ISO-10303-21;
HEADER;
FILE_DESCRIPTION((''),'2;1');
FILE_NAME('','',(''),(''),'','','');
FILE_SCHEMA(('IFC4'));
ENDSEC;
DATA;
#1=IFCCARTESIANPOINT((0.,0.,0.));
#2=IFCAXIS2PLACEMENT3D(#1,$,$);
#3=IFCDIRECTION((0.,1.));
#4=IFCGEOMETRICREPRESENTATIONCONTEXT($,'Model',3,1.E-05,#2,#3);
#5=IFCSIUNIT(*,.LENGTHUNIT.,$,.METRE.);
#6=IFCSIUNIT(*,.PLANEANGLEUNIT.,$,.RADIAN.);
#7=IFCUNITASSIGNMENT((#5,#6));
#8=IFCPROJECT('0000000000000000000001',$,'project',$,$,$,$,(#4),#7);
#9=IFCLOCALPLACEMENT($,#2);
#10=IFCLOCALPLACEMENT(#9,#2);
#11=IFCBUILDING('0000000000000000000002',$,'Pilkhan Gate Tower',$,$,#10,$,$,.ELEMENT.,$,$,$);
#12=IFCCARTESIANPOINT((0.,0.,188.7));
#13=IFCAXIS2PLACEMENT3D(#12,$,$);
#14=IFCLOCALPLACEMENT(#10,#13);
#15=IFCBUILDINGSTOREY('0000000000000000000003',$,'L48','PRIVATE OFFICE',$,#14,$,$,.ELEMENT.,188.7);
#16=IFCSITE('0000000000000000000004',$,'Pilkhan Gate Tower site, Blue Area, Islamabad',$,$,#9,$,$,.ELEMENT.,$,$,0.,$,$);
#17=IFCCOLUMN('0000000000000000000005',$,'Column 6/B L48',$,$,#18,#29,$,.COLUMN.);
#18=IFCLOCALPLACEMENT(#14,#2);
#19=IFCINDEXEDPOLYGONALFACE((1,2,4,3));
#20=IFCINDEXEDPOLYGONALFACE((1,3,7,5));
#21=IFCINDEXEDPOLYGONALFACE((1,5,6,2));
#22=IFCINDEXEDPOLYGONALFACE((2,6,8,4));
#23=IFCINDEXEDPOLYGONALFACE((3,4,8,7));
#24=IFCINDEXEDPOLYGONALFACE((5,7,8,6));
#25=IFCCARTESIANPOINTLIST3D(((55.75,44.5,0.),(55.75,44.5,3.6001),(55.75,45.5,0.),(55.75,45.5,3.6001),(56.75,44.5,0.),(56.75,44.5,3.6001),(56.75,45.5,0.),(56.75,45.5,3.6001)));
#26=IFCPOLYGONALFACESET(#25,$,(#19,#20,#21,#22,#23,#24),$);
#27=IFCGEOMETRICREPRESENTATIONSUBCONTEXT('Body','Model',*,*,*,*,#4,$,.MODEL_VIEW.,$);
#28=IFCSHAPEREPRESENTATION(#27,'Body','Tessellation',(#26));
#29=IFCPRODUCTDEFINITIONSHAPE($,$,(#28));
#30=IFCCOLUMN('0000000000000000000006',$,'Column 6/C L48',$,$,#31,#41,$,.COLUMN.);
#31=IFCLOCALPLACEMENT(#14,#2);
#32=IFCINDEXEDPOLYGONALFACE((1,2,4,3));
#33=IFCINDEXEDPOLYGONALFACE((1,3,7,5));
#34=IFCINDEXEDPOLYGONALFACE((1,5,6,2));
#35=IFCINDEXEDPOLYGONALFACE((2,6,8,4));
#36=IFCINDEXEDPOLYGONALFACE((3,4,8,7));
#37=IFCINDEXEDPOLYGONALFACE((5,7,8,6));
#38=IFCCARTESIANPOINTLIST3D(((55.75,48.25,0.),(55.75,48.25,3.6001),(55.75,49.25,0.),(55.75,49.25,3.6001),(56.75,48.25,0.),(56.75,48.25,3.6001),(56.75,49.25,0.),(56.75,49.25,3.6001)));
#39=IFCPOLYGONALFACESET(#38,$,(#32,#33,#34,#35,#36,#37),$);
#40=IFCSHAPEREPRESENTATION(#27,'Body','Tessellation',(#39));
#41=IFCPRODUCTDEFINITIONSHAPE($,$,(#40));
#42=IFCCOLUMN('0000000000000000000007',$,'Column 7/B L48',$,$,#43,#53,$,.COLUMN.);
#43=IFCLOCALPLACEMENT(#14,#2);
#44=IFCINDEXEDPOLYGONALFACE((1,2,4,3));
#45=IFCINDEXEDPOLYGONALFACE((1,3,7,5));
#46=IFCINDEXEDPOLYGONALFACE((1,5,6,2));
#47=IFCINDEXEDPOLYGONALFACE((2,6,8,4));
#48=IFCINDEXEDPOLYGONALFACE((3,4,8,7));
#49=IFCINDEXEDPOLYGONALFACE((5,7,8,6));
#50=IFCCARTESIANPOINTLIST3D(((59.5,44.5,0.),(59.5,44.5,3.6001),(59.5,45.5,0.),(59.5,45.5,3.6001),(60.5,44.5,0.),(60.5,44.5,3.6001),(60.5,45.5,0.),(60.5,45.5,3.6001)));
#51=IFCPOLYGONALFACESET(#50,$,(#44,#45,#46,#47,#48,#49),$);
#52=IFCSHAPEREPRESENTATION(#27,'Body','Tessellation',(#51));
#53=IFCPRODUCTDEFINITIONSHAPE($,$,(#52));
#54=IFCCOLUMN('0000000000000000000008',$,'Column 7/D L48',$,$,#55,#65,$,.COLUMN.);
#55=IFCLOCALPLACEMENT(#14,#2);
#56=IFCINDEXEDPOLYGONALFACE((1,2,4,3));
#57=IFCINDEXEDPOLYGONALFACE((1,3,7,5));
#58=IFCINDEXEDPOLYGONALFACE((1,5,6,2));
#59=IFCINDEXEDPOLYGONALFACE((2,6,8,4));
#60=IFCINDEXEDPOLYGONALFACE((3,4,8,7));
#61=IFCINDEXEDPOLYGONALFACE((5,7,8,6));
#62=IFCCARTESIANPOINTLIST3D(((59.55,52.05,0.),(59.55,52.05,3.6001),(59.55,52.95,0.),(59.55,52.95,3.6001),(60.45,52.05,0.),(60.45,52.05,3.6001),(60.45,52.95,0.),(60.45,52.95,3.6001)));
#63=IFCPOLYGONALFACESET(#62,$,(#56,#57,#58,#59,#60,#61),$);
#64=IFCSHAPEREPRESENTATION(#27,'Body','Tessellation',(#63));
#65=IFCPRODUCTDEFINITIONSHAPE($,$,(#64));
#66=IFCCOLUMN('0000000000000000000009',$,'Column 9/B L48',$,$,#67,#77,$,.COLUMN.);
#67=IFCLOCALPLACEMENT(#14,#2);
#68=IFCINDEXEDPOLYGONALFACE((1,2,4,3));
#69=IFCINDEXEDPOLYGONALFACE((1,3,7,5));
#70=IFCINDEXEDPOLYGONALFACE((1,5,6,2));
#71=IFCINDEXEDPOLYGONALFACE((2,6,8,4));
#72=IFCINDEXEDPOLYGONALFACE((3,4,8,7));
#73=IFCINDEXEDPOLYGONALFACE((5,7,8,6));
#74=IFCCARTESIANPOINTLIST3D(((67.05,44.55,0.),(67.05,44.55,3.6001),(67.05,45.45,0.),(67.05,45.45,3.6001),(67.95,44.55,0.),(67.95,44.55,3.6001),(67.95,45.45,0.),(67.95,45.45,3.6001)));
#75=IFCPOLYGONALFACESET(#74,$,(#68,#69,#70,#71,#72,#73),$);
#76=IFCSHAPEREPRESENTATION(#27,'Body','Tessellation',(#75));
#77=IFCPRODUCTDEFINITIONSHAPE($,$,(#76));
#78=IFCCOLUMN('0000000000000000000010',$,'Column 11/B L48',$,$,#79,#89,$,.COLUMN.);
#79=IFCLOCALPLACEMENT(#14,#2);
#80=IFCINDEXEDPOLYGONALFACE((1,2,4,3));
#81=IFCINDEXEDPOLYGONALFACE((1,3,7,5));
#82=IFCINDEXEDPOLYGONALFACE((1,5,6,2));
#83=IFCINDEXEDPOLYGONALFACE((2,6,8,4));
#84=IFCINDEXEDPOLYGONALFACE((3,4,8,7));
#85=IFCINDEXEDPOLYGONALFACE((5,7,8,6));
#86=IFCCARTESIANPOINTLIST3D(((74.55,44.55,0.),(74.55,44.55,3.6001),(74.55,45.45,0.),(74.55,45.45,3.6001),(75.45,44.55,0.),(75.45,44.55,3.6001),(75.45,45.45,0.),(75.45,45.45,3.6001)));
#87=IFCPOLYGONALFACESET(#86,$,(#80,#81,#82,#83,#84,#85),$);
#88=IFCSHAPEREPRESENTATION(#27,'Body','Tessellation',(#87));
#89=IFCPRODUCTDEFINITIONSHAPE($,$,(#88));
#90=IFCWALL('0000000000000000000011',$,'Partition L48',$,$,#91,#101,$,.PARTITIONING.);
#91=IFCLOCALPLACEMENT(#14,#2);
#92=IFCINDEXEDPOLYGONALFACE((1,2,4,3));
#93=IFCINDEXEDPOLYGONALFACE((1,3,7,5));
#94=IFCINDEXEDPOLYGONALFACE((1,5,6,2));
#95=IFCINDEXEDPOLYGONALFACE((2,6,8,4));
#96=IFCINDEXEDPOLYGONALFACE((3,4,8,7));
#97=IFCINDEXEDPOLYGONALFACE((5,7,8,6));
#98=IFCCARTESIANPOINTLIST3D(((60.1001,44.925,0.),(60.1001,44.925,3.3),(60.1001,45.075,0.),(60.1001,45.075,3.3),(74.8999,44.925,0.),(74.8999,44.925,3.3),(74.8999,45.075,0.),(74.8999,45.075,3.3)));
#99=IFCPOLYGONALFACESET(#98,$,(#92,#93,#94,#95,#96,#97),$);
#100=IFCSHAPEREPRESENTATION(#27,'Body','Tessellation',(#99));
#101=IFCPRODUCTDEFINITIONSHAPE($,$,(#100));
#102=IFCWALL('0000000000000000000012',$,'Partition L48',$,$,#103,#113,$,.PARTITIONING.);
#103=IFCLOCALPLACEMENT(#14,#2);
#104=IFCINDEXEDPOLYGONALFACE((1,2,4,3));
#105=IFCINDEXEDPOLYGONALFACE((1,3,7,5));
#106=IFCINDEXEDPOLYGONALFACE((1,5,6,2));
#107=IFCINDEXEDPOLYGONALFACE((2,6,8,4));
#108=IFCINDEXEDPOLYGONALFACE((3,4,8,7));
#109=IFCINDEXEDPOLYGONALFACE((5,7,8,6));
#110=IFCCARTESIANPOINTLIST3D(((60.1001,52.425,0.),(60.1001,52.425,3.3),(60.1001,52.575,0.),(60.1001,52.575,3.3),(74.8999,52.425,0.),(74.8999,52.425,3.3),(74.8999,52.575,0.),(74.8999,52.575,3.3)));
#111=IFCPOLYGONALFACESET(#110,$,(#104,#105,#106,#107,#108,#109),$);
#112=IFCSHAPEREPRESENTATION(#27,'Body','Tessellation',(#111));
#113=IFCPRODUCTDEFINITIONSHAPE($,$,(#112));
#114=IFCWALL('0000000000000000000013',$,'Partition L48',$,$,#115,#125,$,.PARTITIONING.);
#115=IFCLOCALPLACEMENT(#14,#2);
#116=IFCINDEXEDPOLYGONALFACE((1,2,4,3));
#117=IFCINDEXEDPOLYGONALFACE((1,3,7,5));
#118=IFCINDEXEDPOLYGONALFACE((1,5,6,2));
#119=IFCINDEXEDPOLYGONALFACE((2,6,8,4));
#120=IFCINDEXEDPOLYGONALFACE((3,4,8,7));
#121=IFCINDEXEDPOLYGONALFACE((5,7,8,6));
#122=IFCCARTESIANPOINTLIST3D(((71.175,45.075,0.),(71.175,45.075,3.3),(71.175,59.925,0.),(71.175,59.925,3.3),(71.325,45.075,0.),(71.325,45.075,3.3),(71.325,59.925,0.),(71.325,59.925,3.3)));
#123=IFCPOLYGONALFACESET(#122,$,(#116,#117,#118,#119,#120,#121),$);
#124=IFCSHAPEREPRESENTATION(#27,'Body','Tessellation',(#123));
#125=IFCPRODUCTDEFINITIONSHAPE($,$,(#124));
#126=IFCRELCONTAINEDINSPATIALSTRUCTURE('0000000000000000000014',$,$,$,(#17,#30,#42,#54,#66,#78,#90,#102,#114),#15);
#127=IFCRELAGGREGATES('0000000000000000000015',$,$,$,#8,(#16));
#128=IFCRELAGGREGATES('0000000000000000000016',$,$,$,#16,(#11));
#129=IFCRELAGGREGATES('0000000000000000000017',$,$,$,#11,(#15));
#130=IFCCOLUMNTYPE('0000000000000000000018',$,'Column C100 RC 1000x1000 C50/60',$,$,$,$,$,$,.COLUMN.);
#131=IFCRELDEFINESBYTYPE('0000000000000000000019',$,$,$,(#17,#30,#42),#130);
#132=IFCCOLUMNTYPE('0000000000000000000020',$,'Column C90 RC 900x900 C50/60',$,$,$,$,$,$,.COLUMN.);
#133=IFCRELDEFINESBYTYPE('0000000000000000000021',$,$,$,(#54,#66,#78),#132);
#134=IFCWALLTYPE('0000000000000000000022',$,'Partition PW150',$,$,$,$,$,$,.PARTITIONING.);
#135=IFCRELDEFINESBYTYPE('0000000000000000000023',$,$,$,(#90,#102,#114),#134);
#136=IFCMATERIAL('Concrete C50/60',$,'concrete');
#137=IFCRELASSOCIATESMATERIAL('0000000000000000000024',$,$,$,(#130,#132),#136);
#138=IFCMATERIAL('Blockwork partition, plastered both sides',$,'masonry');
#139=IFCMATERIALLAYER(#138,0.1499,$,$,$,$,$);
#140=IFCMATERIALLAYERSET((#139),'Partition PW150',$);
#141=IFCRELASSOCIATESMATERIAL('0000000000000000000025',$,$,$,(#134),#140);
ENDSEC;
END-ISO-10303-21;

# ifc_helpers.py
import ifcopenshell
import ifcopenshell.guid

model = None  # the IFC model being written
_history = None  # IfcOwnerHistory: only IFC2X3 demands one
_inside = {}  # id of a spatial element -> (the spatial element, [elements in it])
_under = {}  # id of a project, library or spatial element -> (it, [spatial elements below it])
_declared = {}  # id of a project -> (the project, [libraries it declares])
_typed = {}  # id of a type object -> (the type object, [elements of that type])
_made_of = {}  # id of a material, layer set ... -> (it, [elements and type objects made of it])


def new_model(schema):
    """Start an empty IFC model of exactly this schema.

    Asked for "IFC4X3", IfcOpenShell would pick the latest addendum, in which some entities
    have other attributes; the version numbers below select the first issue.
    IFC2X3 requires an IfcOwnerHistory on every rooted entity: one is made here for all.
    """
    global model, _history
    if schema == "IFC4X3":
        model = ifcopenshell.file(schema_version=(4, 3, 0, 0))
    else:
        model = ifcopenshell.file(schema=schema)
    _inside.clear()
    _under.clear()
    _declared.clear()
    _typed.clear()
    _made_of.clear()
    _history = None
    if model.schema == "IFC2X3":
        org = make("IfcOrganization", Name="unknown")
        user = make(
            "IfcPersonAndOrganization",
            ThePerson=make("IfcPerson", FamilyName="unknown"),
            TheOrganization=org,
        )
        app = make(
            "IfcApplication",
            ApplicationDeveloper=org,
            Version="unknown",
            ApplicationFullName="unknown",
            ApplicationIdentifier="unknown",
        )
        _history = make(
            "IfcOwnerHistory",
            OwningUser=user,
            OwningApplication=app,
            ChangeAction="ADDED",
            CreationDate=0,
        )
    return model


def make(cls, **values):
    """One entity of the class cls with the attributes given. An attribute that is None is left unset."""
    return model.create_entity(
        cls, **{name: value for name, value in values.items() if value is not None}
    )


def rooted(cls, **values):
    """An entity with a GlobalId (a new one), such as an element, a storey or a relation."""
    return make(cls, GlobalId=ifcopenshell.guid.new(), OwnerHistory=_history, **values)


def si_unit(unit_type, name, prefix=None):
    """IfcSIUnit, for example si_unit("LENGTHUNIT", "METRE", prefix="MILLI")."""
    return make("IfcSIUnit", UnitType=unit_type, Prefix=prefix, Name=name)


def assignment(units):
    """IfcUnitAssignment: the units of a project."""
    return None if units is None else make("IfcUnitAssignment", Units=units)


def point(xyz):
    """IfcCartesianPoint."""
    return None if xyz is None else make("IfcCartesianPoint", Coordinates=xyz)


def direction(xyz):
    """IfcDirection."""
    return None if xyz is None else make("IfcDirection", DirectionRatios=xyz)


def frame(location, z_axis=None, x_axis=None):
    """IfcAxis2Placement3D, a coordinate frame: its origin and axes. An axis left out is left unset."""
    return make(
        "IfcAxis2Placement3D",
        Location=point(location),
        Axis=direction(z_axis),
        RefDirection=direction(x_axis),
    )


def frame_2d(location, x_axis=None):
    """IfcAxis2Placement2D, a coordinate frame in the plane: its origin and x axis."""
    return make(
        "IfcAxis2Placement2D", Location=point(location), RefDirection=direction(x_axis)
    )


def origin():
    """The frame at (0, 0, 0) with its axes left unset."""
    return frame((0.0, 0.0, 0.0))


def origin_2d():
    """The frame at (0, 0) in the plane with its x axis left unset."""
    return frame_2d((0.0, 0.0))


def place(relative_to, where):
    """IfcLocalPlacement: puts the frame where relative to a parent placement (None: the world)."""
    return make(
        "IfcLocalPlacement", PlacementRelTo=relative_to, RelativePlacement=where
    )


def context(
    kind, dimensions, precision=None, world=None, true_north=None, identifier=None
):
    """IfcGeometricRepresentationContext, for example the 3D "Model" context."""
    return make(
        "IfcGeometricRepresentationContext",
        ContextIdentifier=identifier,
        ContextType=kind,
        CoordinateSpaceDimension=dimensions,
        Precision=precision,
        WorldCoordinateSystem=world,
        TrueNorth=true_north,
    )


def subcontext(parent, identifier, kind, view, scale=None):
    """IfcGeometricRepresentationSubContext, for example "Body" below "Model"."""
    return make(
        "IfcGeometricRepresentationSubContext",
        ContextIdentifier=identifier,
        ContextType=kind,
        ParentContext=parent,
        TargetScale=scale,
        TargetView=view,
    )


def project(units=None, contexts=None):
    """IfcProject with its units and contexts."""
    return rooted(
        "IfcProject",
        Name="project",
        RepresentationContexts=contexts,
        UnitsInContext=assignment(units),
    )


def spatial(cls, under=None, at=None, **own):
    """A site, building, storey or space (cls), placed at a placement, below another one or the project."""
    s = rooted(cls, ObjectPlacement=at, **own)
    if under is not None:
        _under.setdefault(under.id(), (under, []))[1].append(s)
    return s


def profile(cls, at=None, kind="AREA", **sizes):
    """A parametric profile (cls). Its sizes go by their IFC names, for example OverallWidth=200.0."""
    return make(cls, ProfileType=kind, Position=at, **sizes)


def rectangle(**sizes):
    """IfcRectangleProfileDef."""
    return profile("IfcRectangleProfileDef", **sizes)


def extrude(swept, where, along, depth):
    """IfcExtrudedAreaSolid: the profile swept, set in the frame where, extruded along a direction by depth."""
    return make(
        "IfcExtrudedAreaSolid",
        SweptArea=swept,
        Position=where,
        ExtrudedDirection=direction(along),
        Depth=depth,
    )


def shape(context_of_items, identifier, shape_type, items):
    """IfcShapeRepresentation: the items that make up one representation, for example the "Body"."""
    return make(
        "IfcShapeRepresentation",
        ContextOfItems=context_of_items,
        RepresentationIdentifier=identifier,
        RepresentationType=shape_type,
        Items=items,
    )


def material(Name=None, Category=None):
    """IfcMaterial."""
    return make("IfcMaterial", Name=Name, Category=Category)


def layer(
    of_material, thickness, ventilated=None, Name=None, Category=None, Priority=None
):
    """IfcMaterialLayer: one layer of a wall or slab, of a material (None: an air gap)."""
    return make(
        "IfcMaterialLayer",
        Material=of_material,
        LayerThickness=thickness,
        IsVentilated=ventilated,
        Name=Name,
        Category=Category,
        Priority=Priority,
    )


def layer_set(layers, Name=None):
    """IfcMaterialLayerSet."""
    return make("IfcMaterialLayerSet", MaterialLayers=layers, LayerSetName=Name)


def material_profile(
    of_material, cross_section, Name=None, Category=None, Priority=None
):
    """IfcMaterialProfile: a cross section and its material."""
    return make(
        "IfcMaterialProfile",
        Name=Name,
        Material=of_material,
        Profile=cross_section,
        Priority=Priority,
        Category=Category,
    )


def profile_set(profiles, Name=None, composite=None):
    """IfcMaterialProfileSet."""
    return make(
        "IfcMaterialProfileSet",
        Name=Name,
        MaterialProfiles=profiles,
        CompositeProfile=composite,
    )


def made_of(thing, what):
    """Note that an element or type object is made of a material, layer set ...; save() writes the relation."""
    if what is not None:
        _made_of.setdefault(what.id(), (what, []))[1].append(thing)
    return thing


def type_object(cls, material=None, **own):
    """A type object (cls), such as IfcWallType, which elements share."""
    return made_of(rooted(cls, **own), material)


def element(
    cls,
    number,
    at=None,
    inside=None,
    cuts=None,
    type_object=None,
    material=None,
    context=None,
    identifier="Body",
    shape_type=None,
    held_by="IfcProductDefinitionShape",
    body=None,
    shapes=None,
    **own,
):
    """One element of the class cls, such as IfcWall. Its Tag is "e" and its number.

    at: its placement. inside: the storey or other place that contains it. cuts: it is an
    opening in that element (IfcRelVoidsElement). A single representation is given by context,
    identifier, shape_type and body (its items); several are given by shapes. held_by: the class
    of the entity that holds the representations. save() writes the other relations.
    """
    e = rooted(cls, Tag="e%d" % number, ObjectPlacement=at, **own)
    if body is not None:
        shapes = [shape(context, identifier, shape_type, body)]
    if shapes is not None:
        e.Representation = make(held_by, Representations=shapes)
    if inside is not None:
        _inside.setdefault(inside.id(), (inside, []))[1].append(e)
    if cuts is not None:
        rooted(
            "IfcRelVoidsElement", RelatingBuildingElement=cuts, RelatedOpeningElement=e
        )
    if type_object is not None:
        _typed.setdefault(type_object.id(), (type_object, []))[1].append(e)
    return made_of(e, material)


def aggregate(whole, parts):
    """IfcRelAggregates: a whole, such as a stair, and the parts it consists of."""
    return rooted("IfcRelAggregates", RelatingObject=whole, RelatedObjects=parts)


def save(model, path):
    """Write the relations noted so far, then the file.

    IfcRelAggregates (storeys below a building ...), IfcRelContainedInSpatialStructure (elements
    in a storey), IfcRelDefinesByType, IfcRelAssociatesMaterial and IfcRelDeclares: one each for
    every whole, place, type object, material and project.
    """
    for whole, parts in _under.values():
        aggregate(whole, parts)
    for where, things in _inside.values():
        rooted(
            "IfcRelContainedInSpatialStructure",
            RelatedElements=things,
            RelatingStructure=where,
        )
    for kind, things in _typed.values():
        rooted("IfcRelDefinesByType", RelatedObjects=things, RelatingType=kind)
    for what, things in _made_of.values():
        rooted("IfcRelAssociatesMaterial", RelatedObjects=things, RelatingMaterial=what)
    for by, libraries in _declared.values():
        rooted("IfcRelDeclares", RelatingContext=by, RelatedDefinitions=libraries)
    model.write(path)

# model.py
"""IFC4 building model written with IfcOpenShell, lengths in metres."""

from ifc_helpers import new_model, si_unit, direction, frame, frame_2d, origin, origin_2d, place, context, subcontext, project, spatial, rectangle, extrude, material, layer, layer_set, material_profile, profile_set, type_object, element, save


model = new_model("IFC4")

# Units and contexts
model_context = context("Model", 3, precision=1e-05, world=origin(), true_north=direction((0.0, 1.0)))
body_context = subcontext(model_context, "Body", "Model", "MODEL_VIEW")
ifc_project = project(units=[si_unit("LENGTHUNIT", "METRE"), si_unit("PLANEANGLEUNIT", "RADIAN")], contexts=[model_context])

# Site, building, storey
site_placement = place(None, origin())
site = spatial("IfcSite", under=ifc_project, at=site_placement, Name="Pilkhan Gate Tower site, Blue Area, Islamabad", CompositionType="ELEMENT", RefElevation=0.0)
building_placement = place(site_placement, origin())
building = spatial("IfcBuilding", under=site, at=building_placement, Name="Pilkhan Gate Tower", CompositionType="ELEMENT")
storey_placement = place(building_placement, frame((0.0, 0.0, 188.7)))
storey = spatial("IfcBuildingStorey", under=building, at=storey_placement, Name="L48", Description="PRIVATE OFFICE", CompositionType="ELEMENT", Elevation=188.7)

# Columns
ifc_material_1 = material(Name="Concrete C50/60", Category="concrete")
ifc_material_profile_1 = material_profile(ifc_material_1, rectangle(XDim=1.0, YDim=1.0, at=origin_2d()), Name="RC 1000x1000")
ifc_profile_set_1 = profile_set([ifc_material_profile_1], Name="Concrete C50/60")
column_type_1 = type_object("IfcColumnType", Name="Column C100 RC 1000x1000 C50/60", PredefinedType="COLUMN", material=ifc_profile_set_1)
for number, where, z_axis, x_axis, name in (
    (1, (56.25, 45.0, 0.0), (0.0, 0.0, 1.0), (1.0, 0.0, 0.0), "Column 6/B L48"),
    (2, (56.25, 48.75, 0.0), (0.0, 0.0, 1.0), (1.0, 0.0, 0.0), "Column 6/C L48"),
    (3, (60.0, 45.0, 0.0), (0.0, 0.0, 1.0), (1.0, 0.0, 0.0), "Column 7/B L48"),
):
    element("IfcColumn", number, at=place(storey_placement, frame(where, z_axis=z_axis, x_axis=x_axis)), inside=storey, type_object=column_type_1, Name=name, PredefinedType="COLUMN", context=body_context, shape_type="SweptSolid", body=[
        extrude(rectangle(XDim=1.0, YDim=1.0, at=origin_2d()), origin(), (0.0, 0.0, 1.0), 3.6001),
    ])
ifc_material_profile_2 = material_profile(ifc_material_1, rectangle(XDim=0.8999, YDim=0.8999, at=origin_2d()), Name="RC 900x900")
ifc_profile_set_2 = profile_set([ifc_material_profile_2], Name="Concrete C50/60")
column_type_2 = type_object("IfcColumnType", Name="Column C90 RC 900x900 C50/60", PredefinedType="COLUMN", material=ifc_profile_set_2)
for number, where, z_axis, x_axis, name in (
    (4, (60.0, 52.5, 0.0), (0.0, 0.0, 1.0), (1.0, 0.0, 0.0), "Column 7/D L48"),
    (5, (67.5, 45.0, 0.0), (0.0, 0.0, 1.0), (1.0, 0.0, 0.0), "Column 9/B L48"),
    (6, (75.0, 45.0, 0.0), (0.0, 0.0, 1.0), (1.0, 0.0, 0.0), "Column 11/B L48"),
):
    element("IfcColumn", number, at=place(storey_placement, frame(where, z_axis=z_axis, x_axis=x_axis)), inside=storey, type_object=column_type_2, Name=name, PredefinedType="COLUMN", context=body_context, shape_type="SweptSolid", body=[
        extrude(rectangle(XDim=0.8999, YDim=0.8999, at=origin_2d()), origin(), (0.0, 0.0, 1.0), 3.6001),
    ])

# Walls
ifc_material_2 = material(Name="Blockwork partition, plastered both sides", Category="masonry")
ifc_layer_1 = layer(ifc_material_2, 0.1499)
ifc_layer_set_1 = layer_set([ifc_layer_1], Name="Partition PW150")
wall_type_1 = type_object("IfcWallType", Name="Partition PW150", PredefinedType="PARTITIONING", material=ifc_layer_set_1)
for number, where, z_axis, x_axis, name in (
    (7, (60.1001, 45.0, 0.0), (0.0, 0.0, 1.0), (1.0, 0.0, 0.0), "Partition L48"),
    (8, (60.1001, 52.5, 0.0), (0.0, 0.0, 1.0), (1.0, 0.0, 0.0), "Partition L48"),
):
    element("IfcWall", number, at=place(storey_placement, frame(where, z_axis=z_axis, x_axis=x_axis)), inside=storey, type_object=wall_type_1, Name=name, PredefinedType="PARTITIONING", context=body_context, shape_type="SweptSolid", body=[
        extrude(rectangle(XDim=14.7998, YDim=0.1499, at=frame_2d((7.3999, 0.0))), origin(), (0.0, 0.0, 1.0), 3.3),
    ])
wall_1_placement = place(storey_placement, frame((71.25, 45.075, 0.0), z_axis=(0.0, 0.0, 1.0), x_axis=(0.0, 1.0, 0.0)))
element("IfcWall", 9, at=wall_1_placement, inside=storey, type_object=wall_type_1, Name="Partition L48", PredefinedType="PARTITIONING", context=body_context, shape_type="SweptSolid", body=[
    extrude(rectangle(XDim=14.8501, YDim=0.1499, at=frame_2d((7.425, 0.0))), origin(), (0.0, 0.0, 1.0), 3.3),
])

save(model, "model.ifc")
